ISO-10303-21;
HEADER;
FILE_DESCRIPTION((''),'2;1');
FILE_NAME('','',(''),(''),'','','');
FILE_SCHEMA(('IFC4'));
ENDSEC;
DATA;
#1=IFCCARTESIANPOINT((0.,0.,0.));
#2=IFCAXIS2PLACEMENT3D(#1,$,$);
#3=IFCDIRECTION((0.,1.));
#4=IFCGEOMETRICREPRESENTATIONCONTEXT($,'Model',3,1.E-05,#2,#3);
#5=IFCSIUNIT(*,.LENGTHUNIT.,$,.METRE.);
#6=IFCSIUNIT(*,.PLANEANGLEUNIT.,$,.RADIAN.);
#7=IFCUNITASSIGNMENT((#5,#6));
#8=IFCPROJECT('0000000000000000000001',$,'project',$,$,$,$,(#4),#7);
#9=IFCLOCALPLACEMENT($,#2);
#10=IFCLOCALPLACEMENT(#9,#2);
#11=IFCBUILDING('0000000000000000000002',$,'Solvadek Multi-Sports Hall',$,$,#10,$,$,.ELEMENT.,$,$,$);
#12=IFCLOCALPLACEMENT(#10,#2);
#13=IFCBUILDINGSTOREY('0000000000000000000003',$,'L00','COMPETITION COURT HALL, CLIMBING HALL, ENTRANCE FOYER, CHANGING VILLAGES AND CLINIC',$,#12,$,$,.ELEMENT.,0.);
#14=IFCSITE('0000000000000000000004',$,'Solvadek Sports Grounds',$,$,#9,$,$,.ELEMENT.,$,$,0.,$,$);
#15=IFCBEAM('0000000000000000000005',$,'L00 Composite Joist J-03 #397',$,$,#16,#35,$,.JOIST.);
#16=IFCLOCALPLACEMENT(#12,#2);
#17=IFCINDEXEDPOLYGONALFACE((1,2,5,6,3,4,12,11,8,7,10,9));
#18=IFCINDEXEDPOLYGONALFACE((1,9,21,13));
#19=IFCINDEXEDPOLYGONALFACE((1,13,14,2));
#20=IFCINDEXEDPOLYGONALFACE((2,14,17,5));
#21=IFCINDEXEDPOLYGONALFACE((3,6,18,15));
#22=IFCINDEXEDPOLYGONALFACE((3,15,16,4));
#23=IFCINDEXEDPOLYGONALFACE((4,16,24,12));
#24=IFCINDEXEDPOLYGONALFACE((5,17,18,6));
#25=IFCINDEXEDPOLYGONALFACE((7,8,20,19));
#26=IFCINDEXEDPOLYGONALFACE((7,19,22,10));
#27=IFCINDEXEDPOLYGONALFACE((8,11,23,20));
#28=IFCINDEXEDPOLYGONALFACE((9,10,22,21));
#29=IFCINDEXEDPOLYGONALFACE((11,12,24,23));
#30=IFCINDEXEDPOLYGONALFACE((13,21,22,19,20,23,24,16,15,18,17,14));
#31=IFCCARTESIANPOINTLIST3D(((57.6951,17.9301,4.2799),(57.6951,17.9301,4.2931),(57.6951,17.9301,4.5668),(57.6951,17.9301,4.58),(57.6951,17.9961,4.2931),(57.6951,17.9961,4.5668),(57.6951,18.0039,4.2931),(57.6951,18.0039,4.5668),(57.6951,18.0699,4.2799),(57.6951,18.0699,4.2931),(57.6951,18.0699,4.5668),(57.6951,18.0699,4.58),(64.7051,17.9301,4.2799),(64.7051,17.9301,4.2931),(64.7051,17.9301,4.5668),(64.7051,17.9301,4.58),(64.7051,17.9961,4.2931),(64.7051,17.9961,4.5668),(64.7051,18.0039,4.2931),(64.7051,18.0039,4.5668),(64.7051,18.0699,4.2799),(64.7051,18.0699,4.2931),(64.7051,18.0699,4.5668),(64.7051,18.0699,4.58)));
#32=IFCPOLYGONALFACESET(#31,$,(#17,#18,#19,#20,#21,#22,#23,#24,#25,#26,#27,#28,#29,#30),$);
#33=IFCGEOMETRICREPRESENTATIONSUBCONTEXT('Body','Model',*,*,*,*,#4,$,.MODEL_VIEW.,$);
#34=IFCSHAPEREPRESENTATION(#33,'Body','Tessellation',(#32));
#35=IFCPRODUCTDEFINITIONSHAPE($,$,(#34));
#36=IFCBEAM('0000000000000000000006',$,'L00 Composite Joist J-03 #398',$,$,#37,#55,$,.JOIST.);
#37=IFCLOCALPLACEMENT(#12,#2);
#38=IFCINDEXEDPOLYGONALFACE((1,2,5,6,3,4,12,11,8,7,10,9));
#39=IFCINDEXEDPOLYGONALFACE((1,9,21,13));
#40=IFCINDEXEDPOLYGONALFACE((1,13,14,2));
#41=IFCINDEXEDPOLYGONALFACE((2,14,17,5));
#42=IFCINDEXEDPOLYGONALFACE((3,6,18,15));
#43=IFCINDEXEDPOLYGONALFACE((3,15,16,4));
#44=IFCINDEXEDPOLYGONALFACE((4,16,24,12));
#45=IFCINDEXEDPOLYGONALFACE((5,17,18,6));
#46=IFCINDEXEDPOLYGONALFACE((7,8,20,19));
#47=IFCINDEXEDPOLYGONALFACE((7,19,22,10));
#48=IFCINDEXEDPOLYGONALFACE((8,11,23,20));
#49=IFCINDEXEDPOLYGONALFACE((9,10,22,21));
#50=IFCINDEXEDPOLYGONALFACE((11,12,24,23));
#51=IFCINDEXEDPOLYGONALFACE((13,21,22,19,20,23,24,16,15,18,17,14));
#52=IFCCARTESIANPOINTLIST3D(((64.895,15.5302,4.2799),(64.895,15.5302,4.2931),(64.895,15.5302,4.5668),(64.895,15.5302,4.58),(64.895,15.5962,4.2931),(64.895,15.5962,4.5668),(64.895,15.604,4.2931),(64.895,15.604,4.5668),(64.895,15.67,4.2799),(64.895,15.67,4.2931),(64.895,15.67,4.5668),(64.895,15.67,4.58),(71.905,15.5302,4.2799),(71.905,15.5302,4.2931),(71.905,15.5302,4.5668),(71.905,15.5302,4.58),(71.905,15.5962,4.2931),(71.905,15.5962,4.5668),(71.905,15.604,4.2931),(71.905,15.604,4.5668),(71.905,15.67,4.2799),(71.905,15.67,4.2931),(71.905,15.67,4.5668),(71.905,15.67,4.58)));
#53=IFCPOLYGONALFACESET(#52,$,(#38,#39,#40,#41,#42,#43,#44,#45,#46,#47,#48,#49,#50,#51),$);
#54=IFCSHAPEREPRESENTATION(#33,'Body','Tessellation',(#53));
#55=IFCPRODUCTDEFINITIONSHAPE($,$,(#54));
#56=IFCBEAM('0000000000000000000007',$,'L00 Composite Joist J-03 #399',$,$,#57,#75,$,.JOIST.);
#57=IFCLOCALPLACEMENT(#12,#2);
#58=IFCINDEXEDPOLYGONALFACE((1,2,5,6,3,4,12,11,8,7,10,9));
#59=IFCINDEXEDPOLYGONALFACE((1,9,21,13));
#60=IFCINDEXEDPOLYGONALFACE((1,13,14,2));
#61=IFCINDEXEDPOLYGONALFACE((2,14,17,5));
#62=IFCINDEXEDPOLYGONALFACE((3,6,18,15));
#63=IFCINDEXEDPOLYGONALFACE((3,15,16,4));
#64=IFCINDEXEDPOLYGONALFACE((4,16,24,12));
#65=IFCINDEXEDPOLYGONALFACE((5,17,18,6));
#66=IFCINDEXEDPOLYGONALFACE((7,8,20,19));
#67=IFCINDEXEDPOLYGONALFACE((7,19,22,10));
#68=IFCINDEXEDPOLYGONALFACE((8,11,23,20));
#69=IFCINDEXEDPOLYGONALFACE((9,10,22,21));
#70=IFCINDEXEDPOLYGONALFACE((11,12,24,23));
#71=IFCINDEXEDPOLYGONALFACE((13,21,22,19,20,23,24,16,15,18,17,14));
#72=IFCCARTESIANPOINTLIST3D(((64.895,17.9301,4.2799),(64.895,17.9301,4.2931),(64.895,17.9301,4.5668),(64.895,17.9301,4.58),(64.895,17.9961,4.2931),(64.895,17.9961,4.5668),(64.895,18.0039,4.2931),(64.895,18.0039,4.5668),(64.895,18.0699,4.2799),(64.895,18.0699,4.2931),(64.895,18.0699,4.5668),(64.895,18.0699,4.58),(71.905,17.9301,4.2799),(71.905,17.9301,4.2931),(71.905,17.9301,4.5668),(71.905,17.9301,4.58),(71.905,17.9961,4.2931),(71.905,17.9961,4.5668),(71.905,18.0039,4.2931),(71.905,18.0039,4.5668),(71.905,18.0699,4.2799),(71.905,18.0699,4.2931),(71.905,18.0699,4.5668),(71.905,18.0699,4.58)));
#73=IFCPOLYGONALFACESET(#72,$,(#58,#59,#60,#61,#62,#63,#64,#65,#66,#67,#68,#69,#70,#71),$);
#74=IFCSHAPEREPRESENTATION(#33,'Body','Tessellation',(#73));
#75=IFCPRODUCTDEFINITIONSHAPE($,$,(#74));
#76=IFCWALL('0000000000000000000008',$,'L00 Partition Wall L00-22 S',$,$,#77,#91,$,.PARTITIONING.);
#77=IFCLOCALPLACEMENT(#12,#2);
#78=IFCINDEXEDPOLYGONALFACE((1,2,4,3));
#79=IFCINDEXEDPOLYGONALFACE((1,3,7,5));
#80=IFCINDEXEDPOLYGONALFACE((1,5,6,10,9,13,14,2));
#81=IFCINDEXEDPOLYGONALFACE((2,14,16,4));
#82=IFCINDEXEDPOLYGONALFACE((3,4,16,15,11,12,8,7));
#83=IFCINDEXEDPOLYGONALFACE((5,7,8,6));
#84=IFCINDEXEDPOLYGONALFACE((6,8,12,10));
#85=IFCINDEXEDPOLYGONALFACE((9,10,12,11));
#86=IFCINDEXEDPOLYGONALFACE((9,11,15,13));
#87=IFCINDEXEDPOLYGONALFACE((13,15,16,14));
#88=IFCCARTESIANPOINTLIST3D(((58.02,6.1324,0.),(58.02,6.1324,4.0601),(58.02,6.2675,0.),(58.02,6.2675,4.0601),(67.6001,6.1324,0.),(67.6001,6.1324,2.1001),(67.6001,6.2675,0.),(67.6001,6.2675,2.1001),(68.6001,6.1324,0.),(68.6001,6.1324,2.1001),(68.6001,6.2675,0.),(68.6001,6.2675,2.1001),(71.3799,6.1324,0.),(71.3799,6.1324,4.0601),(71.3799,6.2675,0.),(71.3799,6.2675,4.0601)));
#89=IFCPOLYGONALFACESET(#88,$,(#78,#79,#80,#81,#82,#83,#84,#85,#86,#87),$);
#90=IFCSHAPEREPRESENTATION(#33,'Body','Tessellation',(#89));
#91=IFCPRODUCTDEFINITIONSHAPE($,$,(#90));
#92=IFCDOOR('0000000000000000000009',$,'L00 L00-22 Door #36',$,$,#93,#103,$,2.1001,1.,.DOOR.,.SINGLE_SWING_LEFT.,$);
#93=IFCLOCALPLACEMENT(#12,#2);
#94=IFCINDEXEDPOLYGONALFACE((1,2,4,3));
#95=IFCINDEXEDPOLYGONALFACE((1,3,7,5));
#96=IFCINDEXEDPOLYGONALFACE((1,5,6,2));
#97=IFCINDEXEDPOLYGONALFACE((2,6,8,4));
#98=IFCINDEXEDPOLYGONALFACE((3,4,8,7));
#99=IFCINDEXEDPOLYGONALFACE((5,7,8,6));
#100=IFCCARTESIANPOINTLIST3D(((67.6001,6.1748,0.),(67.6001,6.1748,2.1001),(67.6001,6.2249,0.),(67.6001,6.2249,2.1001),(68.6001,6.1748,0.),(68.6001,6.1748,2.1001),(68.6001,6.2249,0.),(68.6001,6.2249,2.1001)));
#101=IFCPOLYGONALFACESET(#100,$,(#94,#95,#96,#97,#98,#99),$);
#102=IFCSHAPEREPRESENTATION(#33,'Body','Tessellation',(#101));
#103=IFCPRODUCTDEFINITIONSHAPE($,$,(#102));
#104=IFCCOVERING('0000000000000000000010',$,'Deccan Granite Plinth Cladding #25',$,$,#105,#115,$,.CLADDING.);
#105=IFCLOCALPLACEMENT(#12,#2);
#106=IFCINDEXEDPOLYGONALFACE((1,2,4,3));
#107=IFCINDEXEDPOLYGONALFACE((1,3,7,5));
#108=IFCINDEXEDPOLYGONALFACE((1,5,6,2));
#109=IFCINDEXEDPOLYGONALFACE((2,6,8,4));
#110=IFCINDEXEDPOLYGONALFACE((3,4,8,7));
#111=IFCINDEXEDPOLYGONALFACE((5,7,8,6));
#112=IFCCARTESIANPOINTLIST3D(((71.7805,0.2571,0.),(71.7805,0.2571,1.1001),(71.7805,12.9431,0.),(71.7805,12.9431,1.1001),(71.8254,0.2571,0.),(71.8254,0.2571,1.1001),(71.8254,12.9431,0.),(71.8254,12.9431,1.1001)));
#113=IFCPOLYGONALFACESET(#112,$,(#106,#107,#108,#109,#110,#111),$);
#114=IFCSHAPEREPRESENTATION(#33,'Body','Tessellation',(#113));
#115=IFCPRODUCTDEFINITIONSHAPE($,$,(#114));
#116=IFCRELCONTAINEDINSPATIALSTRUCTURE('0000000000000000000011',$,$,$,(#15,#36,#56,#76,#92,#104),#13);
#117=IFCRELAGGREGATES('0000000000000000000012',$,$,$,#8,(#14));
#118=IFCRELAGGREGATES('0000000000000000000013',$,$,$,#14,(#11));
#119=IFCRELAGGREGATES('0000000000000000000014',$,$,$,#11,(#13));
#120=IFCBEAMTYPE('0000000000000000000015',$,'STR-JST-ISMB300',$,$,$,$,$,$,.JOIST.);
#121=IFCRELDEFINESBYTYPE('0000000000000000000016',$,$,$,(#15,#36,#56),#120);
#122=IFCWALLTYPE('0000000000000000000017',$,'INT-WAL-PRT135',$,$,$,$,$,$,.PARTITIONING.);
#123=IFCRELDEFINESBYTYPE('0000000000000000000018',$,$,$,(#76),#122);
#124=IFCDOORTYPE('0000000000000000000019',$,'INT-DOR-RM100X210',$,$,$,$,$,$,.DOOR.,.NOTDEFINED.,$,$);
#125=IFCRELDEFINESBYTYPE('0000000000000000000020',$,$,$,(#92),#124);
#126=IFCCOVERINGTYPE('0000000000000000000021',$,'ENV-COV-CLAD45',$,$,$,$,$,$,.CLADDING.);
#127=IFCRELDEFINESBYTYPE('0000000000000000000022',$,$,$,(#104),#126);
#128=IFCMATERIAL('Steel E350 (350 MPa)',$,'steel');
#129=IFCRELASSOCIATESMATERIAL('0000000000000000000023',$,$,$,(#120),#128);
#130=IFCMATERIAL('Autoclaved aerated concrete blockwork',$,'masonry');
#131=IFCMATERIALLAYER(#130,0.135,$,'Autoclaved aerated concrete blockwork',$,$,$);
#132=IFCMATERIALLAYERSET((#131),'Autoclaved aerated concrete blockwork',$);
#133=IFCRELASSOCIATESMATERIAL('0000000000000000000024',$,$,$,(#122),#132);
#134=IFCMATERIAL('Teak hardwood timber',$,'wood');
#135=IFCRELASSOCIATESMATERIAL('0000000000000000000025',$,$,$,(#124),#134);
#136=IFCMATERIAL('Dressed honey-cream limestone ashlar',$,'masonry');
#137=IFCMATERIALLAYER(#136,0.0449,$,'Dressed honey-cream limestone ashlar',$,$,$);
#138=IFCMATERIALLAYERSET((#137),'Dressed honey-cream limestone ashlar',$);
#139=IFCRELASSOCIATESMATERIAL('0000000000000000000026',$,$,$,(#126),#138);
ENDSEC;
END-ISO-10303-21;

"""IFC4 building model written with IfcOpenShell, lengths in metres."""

from ifc_helpers import new_model, si_unit, direction, frame, frame_2d, origin, origin_2d, place, context, subcontext, project, spatial, rectangle, i_section, extrude, material, layer, layer_set, material_profile, profile_set, type_object, element, fill, save


model = new_model("IFC4")

# Units and contexts
model_context = context("Model", 3, precision=1e-05, world=origin(), true_north=direction((0.0, 1.0)))
body_context = subcontext(model_context, "Body", "Model", "MODEL_VIEW")
ifc_project = project(units=[si_unit("LENGTHUNIT", "METRE"), si_unit("PLANEANGLEUNIT", "RADIAN")], contexts=[model_context])

# Site, building, storey
site_placement = place(None, origin())
site = spatial("IfcSite", under=ifc_project, at=site_placement, Name="Solvadek Sports Grounds", CompositionType="ELEMENT", RefElevation=0.0)
building_placement = place(site_placement, origin())
building = spatial("IfcBuilding", under=site, at=building_placement, Name="Solvadek Multi-Sports Hall", CompositionType="ELEMENT")
storey_placement = place(building_placement, origin())
storey = spatial("IfcBuildingStorey", under=building, at=storey_placement, Name="L00", Description="COMPETITION COURT HALL, CLIMBING HALL, ENTRANCE FOYER, CHANGING VILLAGES AND CLINIC", CompositionType="ELEMENT", Elevation=0.0)

# Shared definitions
ifc_material_1 = material(Name="Steel E350 (350 MPa)", Category="steel")

# Beams
ifc_material_profile_1 = material_profile(ifc_material_1, i_section(OverallWidth=0.1399, OverallDepth=0.3, WebThickness=0.0078, FlangeThickness=0.0132, at=origin_2d()), Name="ISMB 300")
ifc_profile_set_1 = profile_set([ifc_material_profile_1], Name="Steel E350 (350 MPa)")
beam_type_1 = type_object("IfcBeamType", Name="STR-JST-ISMB300", PredefinedType="JOIST", material=ifc_profile_set_1)
for number, where, z_axis, x_axis, name in (
    (1, (57.6951, 18.0, 4.4299), (1.0, 0.0, 0.0), (0.0, 1.0, 0.0), "L00 Composite Joist J-03 #397"),
    (2, (64.895, 15.6001, 4.4299), (1.0, 0.0, 0.0), (0.0, 1.0, 0.0), "L00 Composite Joist J-03 #398"),
    (3, (64.895, 18.0, 4.4299), (1.0, 0.0, 0.0), (0.0, 1.0, 0.0), "L00 Composite Joist J-03 #399"),
):
    element("IfcBeam", number, at=place(storey_placement, frame(where, z_axis=z_axis, x_axis=x_axis)), inside=storey, type_object=beam_type_1, Name=name, PredefinedType="JOIST", context=body_context, shape_type="SweptSolid", body=[
        extrude(i_section(OverallWidth=0.1399, OverallDepth=0.3, WebThickness=0.0078, FlangeThickness=0.0132, at=origin_2d()), origin(), (0.0, 0.0, 1.0), 7.01),
    ])

# Wall, opening, door
ifc_material_2 = material(Name="Autoclaved aerated concrete blockwork", Category="masonry")
ifc_layer_1 = layer(ifc_material_2, 0.135, Name="Autoclaved aerated concrete blockwork")
ifc_layer_set_1 = layer_set([ifc_layer_1], Name="Autoclaved aerated concrete blockwork")
wall_type = type_object("IfcWallType", Name="INT-WAL-PRT135", PredefinedType="PARTITIONING", material=ifc_layer_set_1)
wall_placement = place(storey_placement, frame((58.02, 6.2, 0.0), z_axis=(0.0, 0.0, 1.0), x_axis=(1.0, 0.0, 0.0)))
wall = element("IfcWall", 4, at=wall_placement, inside=storey, type_object=wall_type, Name="L00 Partition Wall L00-22 S", PredefinedType="PARTITIONING", context=body_context, shape_type="SweptSolid", body=[
    extrude(rectangle(XDim=13.3599, YDim=0.135, at=frame_2d((6.6799, 0.0))), origin(), (0.0, 0.0, 1.0), 4.0601),
])
opening_placement = place(wall_placement, frame((9.5801, 0.0, 0.0)))
opening = element("IfcOpeningElement", 5, at=opening_placement, cuts=wall, PredefinedType="OPENING", context=body_context, shape_type="SweptSolid", body=[
    extrude(rectangle(XDim=1.0, YDim=2.1001, at=frame_2d((0.5, 1.05))), frame((0.0, 0.0774, 0.0), z_axis=(0.0, -1.0, 0.0), x_axis=(1.0, 0.0, 0.0)), (0.0, 0.0, 1.0), 0.155),
])
ifc_material_3 = material(Name="Teak hardwood timber", Category="wood")
door_type = type_object("IfcDoorType", Name="INT-DOR-RM100X210", OperationType="NOTDEFINED", PredefinedType="DOOR", material=ifc_material_3)
door_placement = place(opening_placement, origin())
door = element("IfcDoor", 6, at=door_placement, inside=storey, type_object=door_type, Name="L00 L00-22 Door #36", OperationType="SINGLE_SWING_LEFT", OverallHeight=2.1001, OverallWidth=1.0, PredefinedType="DOOR", context=body_context, shape_type="SweptSolid", body=[
    extrude(rectangle(XDim=1.0, YDim=2.1001, at=frame_2d((0.5, 1.05))), frame((0.0, 0.0249, 0.0), z_axis=(0.0, -1.0, 0.0), x_axis=(1.0, 0.0, 0.0)), (0.0, 0.0, 1.0), 0.05),
])
fill(opening, door)

# Covering
ifc_material_4 = material(Name="Dressed honey-cream limestone ashlar", Category="masonry")
ifc_layer_2 = layer(ifc_material_4, 0.0449, Name="Dressed honey-cream limestone ashlar")
ifc_layer_set_2 = layer_set([ifc_layer_2], Name="Dressed honey-cream limestone ashlar")
covering_type = type_object("IfcCoveringType", Name="ENV-COV-CLAD45", PredefinedType="CLADDING", material=ifc_layer_set_2)
covering_placement = place(storey_placement, frame((71.803, 6.6001, 0.0), z_axis=(0.0, 0.0, 1.0), x_axis=(0.0, 1.0, 0.0)))
element("IfcCovering", 7, at=covering_placement, inside=storey, type_object=covering_type, Name="Deccan Granite Plinth Cladding #25", PredefinedType="CLADDING", context=body_context, shape_type="SweptSolid", body=[
    extrude(rectangle(XDim=12.686, YDim=0.0449, at=origin_2d()), origin(), (0.0, 0.0, 1.0), 1.1001),
])

save(model, "model.ifc")
